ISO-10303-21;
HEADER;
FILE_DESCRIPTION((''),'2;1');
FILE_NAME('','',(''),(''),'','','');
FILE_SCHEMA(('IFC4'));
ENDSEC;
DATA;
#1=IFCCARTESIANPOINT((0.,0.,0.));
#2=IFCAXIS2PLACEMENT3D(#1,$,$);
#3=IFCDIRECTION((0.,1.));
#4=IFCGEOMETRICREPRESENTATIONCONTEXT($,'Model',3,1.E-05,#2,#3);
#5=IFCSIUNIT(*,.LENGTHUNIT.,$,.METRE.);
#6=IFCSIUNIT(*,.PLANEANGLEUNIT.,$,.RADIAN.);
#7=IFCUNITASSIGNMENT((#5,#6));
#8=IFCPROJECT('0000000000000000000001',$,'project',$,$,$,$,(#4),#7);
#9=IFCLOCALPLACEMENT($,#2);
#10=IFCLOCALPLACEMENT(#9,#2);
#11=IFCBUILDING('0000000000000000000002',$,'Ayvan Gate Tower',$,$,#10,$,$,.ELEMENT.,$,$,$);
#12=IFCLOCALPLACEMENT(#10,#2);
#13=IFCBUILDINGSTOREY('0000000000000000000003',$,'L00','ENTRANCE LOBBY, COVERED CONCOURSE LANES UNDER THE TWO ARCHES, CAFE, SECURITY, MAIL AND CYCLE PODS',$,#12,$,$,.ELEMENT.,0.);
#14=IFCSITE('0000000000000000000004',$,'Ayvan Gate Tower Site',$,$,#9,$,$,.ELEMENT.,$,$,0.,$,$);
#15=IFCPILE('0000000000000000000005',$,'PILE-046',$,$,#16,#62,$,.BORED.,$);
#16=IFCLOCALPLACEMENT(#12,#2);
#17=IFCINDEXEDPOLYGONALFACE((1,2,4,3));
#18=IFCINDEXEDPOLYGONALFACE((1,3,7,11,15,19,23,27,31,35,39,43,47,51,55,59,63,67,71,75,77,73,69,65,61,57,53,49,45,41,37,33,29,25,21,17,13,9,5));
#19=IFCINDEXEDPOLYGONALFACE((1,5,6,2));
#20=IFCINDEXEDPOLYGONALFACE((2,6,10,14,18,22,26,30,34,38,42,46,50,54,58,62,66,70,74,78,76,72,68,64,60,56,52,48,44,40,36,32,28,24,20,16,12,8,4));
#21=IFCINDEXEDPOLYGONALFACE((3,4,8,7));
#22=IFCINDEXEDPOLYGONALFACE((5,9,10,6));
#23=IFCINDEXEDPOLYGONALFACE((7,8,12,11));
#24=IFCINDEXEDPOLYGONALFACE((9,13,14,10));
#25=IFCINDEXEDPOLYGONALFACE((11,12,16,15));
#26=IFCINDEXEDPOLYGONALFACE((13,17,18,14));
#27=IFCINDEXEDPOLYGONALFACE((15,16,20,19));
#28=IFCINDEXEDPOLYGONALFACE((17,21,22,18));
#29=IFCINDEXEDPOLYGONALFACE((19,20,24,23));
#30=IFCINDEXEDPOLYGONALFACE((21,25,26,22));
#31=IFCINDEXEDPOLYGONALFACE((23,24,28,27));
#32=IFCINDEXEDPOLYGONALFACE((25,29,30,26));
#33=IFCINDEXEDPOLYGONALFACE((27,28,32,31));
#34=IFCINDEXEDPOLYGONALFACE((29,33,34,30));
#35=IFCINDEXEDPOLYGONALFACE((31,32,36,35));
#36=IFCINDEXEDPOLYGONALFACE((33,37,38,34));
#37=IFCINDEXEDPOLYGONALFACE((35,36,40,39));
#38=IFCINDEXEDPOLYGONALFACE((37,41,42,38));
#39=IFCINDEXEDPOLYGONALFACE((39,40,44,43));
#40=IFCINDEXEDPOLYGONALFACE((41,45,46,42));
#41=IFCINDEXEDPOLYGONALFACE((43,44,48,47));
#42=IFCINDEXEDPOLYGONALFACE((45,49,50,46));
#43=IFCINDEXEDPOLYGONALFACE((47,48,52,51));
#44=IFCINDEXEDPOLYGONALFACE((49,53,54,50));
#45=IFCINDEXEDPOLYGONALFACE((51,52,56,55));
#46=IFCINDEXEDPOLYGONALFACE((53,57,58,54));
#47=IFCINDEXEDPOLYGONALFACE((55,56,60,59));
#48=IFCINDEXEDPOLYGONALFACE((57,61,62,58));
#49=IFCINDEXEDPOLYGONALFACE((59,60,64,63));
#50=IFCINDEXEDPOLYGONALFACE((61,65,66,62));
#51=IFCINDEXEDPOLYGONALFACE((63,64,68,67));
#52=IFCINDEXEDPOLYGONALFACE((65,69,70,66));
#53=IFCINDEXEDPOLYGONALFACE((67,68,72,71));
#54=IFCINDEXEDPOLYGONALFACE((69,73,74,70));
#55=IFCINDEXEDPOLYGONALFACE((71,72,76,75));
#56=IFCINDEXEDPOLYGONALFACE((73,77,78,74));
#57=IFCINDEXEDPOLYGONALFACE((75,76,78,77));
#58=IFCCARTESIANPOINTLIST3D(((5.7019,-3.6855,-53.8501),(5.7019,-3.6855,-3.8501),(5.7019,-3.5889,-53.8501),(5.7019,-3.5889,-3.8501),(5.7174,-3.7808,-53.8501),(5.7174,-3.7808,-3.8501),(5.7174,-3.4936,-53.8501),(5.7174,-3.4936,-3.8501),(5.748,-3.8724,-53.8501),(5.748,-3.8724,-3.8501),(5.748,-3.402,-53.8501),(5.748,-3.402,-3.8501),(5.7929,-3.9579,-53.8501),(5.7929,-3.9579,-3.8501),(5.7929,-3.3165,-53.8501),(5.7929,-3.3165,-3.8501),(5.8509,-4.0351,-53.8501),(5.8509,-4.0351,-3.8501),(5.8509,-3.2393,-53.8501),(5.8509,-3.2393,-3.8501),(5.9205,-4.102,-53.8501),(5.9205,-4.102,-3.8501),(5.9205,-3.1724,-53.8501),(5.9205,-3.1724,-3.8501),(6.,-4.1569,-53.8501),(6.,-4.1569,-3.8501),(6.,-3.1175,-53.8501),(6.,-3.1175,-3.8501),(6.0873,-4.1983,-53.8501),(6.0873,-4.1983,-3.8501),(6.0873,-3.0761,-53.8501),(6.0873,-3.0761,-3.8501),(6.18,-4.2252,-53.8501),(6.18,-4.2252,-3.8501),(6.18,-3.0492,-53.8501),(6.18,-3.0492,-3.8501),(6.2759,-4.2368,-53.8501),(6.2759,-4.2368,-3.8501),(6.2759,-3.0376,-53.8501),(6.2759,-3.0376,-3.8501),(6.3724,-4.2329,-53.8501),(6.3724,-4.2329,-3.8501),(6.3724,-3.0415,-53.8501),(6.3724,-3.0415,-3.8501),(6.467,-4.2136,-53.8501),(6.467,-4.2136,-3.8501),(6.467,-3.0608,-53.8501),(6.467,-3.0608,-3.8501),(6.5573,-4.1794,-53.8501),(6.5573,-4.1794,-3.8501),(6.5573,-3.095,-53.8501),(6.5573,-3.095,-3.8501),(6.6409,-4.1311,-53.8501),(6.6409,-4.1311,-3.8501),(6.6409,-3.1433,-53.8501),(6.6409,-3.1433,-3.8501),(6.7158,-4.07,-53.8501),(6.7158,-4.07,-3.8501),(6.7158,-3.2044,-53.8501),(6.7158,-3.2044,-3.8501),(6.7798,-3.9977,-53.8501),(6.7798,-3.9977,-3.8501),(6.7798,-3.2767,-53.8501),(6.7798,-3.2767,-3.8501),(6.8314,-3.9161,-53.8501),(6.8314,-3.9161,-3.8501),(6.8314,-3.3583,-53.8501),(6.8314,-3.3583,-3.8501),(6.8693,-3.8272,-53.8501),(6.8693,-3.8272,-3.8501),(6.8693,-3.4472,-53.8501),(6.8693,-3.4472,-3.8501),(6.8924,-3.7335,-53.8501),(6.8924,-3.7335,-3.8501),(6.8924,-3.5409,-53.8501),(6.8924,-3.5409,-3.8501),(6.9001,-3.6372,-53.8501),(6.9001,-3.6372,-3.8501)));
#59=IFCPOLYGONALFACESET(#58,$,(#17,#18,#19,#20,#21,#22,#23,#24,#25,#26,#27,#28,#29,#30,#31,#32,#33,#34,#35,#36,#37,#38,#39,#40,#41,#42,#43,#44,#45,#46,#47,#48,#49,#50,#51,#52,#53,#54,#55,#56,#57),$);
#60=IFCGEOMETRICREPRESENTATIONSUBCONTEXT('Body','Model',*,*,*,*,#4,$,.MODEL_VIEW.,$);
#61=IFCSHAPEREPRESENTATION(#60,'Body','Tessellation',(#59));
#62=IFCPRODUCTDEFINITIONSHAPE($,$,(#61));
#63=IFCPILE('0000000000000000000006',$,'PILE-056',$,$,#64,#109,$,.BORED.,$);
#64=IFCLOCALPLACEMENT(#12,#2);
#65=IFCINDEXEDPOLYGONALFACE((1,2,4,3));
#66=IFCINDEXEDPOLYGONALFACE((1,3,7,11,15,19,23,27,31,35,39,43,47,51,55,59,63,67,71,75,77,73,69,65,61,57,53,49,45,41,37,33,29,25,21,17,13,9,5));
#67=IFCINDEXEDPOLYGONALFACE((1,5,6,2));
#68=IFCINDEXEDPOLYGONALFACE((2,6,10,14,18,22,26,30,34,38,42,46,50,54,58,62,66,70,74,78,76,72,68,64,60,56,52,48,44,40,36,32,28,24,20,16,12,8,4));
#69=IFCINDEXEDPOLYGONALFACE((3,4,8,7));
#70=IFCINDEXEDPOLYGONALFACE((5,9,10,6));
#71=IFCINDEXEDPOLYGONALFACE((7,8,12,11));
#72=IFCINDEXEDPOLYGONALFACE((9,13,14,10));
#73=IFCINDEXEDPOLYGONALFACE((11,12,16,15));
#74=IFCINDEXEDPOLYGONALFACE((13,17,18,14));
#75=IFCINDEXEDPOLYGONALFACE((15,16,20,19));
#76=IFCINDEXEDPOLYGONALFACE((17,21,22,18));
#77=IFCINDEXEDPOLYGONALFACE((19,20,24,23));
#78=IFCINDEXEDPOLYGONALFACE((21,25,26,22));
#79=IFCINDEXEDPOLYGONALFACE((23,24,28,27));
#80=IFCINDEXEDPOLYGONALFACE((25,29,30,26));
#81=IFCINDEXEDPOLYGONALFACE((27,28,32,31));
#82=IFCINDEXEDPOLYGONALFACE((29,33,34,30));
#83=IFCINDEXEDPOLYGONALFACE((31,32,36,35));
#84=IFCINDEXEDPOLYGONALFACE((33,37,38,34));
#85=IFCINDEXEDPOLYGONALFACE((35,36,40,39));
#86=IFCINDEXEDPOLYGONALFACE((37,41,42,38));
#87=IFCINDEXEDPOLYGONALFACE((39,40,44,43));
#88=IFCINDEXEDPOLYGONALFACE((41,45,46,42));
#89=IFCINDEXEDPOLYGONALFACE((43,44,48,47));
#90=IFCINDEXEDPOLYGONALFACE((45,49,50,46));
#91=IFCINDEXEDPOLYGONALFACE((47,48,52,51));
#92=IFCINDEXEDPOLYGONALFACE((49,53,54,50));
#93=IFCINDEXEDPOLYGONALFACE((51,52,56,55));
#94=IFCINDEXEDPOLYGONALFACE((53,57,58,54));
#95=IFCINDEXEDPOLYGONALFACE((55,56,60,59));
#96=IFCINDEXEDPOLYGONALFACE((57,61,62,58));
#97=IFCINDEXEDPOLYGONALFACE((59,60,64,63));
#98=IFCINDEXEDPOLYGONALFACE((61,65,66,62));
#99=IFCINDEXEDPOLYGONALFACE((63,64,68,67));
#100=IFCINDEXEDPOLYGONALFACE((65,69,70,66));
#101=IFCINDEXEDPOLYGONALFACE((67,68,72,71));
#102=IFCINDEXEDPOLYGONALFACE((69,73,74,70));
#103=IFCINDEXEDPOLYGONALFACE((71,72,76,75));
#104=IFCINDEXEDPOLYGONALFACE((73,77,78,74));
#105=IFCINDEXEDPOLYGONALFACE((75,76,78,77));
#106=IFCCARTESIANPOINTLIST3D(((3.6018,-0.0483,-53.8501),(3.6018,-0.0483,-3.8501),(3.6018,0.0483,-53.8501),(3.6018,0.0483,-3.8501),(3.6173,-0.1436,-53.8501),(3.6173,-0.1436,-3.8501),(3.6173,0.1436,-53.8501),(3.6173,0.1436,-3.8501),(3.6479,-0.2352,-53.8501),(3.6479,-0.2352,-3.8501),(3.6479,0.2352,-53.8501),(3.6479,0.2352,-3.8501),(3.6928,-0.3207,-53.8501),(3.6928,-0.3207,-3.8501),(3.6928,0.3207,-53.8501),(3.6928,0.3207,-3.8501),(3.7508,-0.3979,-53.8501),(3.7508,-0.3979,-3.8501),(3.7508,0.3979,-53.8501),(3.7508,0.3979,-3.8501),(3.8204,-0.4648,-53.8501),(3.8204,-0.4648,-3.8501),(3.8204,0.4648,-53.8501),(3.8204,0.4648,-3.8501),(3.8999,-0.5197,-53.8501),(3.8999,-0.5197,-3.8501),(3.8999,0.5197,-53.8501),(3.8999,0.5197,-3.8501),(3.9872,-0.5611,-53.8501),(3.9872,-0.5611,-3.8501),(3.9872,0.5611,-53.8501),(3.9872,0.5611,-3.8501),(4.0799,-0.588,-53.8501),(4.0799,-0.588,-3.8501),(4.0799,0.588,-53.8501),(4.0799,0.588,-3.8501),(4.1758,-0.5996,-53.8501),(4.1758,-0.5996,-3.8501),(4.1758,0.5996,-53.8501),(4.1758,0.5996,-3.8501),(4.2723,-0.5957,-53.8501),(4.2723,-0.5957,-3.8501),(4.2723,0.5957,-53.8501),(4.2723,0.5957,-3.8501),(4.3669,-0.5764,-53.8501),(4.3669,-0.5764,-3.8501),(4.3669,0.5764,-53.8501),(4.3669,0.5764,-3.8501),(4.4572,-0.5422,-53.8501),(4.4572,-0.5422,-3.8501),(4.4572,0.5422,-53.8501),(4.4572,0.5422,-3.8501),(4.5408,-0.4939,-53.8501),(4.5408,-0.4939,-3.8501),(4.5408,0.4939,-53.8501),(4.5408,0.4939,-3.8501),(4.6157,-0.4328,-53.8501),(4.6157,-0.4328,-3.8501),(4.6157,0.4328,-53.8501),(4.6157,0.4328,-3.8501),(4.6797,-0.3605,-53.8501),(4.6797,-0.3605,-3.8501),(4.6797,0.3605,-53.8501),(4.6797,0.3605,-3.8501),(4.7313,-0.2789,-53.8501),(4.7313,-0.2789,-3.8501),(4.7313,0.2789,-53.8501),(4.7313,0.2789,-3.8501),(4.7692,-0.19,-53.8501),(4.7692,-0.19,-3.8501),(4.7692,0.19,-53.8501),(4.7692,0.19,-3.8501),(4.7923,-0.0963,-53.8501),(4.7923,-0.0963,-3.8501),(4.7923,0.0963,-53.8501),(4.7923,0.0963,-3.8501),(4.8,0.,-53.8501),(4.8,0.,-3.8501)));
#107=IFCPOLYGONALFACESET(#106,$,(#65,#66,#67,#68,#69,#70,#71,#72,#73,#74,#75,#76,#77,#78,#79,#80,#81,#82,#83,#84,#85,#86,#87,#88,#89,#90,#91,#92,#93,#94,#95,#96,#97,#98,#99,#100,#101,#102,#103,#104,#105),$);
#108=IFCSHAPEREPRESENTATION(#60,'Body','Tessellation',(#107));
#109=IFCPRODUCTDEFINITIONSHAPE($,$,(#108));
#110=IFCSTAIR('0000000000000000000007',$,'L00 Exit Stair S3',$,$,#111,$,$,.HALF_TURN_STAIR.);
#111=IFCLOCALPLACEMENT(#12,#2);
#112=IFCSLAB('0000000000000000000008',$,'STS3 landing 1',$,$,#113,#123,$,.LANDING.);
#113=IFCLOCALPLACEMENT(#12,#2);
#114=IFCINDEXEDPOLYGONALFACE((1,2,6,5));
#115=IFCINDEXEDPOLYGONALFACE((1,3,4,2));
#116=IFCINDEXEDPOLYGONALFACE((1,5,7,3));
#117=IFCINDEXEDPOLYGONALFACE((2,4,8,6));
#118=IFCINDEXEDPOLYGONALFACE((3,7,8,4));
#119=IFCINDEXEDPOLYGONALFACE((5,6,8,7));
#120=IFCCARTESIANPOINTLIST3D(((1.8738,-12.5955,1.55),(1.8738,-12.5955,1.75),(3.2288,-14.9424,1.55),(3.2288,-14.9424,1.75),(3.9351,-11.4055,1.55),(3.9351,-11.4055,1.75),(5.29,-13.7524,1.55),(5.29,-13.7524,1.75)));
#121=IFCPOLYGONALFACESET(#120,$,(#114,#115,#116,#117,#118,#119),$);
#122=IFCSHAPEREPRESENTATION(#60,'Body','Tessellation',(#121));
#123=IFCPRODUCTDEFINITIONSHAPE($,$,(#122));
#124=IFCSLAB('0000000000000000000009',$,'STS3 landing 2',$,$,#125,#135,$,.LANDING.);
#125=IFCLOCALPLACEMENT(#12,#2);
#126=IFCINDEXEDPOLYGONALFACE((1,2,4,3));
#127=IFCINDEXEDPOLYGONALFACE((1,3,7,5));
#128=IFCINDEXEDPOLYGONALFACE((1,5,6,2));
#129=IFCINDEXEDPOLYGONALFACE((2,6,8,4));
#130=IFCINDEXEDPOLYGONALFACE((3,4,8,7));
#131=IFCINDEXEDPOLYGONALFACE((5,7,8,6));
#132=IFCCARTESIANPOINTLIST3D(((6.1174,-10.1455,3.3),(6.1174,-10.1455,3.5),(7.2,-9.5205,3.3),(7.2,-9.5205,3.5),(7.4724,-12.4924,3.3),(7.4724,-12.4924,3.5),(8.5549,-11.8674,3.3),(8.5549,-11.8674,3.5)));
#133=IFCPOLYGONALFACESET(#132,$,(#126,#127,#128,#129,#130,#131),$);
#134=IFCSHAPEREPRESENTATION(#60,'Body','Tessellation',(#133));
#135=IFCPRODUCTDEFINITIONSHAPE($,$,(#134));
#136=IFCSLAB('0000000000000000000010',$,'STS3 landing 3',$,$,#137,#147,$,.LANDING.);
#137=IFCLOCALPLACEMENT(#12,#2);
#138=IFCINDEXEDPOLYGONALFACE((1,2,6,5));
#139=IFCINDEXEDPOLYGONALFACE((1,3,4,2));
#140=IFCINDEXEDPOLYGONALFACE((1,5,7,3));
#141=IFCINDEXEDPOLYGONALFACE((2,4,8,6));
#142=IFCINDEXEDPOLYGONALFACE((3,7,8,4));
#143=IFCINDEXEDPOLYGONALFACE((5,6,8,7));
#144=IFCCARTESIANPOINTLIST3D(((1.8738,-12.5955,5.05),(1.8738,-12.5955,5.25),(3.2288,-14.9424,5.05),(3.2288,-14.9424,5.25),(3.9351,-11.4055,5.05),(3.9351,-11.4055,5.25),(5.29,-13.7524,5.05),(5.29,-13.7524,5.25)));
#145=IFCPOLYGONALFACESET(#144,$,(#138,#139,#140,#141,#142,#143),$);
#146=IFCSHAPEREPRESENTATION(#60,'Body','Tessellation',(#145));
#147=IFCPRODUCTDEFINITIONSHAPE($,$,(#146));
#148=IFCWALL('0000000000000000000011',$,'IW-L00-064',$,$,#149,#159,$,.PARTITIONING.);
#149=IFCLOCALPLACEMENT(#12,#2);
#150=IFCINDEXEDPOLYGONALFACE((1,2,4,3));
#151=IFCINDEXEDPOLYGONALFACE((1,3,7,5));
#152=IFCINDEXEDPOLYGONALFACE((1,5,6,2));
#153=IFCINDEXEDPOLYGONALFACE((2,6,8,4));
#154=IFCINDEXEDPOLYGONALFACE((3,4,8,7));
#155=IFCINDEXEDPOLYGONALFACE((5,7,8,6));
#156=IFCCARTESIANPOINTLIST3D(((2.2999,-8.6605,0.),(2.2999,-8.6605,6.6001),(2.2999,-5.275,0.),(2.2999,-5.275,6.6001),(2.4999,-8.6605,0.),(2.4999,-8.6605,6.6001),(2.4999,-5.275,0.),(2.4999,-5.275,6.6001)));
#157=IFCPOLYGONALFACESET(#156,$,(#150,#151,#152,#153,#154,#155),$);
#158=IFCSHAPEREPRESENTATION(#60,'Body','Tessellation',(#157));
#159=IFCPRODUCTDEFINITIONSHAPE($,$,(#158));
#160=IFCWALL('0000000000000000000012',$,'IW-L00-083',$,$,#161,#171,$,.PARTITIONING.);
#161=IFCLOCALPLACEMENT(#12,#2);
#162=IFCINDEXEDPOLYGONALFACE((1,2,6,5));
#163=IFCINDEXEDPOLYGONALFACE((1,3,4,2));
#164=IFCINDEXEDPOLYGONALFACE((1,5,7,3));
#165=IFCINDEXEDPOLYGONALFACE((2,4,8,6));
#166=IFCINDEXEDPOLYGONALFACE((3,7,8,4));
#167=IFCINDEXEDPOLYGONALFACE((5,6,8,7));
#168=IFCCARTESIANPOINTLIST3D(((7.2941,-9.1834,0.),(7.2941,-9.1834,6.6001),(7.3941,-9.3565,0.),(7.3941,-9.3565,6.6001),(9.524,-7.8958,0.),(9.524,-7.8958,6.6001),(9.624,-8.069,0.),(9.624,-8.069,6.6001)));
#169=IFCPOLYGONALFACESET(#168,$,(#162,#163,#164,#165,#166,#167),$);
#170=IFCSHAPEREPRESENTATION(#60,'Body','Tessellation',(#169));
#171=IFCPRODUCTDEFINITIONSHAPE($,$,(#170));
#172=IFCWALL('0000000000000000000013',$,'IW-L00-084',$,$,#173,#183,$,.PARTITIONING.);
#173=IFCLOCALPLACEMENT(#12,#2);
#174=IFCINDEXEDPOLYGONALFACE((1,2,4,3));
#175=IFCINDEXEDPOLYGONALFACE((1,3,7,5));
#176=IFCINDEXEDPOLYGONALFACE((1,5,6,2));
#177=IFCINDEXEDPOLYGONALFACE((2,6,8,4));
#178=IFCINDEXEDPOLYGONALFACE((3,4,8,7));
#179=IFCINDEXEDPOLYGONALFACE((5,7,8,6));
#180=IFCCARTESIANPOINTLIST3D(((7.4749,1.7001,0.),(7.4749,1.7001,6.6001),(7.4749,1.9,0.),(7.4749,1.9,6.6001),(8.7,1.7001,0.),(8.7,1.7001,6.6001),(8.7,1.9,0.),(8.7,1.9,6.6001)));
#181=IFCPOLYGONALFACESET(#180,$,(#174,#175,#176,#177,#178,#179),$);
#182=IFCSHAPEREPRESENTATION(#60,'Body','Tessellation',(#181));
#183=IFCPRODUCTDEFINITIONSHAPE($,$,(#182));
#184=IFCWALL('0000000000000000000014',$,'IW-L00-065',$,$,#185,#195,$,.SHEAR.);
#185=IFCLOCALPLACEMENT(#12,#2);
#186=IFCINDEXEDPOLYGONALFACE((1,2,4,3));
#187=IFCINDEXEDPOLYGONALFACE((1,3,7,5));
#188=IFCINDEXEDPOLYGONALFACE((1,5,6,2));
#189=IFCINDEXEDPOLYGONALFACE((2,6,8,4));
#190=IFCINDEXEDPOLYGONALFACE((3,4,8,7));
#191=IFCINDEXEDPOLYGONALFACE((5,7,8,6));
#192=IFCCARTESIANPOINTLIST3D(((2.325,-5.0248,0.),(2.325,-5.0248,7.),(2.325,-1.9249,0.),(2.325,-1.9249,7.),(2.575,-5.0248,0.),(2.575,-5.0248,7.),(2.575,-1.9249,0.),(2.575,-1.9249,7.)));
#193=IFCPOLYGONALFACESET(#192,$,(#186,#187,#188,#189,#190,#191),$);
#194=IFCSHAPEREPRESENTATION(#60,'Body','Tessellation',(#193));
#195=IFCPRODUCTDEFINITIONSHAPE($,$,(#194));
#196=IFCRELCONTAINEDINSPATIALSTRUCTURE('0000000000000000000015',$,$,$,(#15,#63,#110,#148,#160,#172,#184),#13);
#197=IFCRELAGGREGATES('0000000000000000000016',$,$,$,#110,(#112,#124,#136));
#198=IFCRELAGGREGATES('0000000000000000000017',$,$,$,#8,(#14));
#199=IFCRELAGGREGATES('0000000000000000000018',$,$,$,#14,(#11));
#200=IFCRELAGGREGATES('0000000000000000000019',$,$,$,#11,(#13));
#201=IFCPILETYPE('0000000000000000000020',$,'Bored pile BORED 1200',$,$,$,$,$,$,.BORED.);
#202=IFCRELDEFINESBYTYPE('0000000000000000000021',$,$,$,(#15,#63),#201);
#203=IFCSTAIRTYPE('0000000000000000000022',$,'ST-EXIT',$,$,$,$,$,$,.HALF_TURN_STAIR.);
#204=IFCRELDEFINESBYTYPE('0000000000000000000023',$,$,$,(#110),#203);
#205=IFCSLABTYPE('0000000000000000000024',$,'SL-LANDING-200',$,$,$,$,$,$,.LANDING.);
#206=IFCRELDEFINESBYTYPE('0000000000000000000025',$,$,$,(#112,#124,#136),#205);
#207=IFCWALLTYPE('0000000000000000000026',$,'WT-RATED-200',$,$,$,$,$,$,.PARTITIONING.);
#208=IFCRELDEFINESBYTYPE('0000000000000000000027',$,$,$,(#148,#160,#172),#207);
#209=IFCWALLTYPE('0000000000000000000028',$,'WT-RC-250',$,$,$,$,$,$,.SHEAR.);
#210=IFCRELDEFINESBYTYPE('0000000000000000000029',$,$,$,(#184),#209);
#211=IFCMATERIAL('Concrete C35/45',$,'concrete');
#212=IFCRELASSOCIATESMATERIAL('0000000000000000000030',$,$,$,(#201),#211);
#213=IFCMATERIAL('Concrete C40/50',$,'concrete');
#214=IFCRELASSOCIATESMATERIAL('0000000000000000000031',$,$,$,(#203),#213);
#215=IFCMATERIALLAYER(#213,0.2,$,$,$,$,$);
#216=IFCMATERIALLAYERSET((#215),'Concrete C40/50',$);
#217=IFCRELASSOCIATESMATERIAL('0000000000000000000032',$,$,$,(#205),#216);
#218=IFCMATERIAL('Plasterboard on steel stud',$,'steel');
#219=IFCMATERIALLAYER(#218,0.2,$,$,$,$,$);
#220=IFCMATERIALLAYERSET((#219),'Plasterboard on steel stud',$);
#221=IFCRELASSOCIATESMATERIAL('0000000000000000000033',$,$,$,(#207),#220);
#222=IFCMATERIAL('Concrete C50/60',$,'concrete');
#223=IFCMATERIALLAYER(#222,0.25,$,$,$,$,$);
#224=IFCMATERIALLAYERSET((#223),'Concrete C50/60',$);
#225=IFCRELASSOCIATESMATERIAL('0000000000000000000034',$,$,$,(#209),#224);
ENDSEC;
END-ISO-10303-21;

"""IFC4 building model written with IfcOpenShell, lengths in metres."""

from ifc_helpers import new_model, si_unit, direction, frame, frame_2d, origin, origin_2d, place, context, subcontext, project, spatial, polyline, rectangle, circle, outline, extrude, material, layer, layer_set, material_profile, profile_set, type_object, element, aggregate, save


model = new_model("IFC4")

# Units and contexts
model_context = context("Model", 3, precision=1e-05, world=origin(), true_north=direction((0.0, 1.0)))
body_context = subcontext(model_context, "Body", "Model", "MODEL_VIEW")
ifc_project = project(units=[si_unit("LENGTHUNIT", "METRE"), si_unit("PLANEANGLEUNIT", "RADIAN")], contexts=[model_context])

# Site, building, storey
site_placement = place(None, origin())
site = spatial("IfcSite", under=ifc_project, at=site_placement, Name="Ayvan Gate Tower Site", CompositionType="ELEMENT", RefElevation=0.0)
building_placement = place(site_placement, origin())
building = spatial("IfcBuilding", under=site, at=building_placement, Name="Ayvan Gate Tower", CompositionType="ELEMENT")
storey_placement = place(building_placement, origin())
storey = spatial("IfcBuildingStorey", under=building, at=storey_placement, Name="L00", Description="ENTRANCE LOBBY, COVERED CONCOURSE LANES UNDER THE TWO ARCHES, CAFE, SECURITY, MAIL AND CYCLE PODS", CompositionType="ELEMENT", Elevation=0.0)

# Piles
ifc_material_1 = material(Name="Concrete C35/45", Category="concrete")
ifc_material_profile = material_profile(ifc_material_1, circle(Radius=0.6001, at=origin_2d()), Name="BORED 1200")
ifc_profile_set = profile_set([ifc_material_profile], Name="Concrete C35/45")
pile_type = type_object("IfcPileType", Name="Bored pile BORED 1200", PredefinedType="BORED", material=ifc_profile_set)
for number, where, z_axis, x_axis, name in (
    (1, (6.3, -3.6372, -3.8501), (0.0, 0.0, -1.0), (1.0, 0.0, 0.0), "PILE-046"),
    (2, (4.2, 0.0, -3.8501), (0.0, 0.0, -1.0), (1.0, 0.0, 0.0), "PILE-056"),
):
    element("IfcPile", number, at=place(storey_placement, frame(where, z_axis=z_axis, x_axis=x_axis)), inside=storey, type_object=pile_type, Name=name, PredefinedType="BORED", context=body_context, shape_type="SweptSolid", body=[
        extrude(circle(Radius=0.6001, at=origin_2d()), origin(), (0.0, 0.0, 1.0), 50.0),
    ])

# Stair, slabs
ifc_material_2 = material(Name="Concrete C40/50", Category="concrete")
stair_type = type_object("IfcStairType", Name="ST-EXIT", PredefinedType="HALF_TURN_STAIR", material=ifc_material_2)
stair_placement = place(storey_placement, origin())
stair = element("IfcStair", 3, at=stair_placement, inside=storey, type_object=stair_type, Name="L00 Exit Stair S3", PredefinedType="HALF_TURN_STAIR")
ifc_layer_1 = layer(ifc_material_2, 0.2)
ifc_layer_set_1 = layer_set([ifc_layer_1], Name="Concrete C40/50")
slab_type = type_object("IfcSlabType", Name="SL-LANDING-200", PredefinedType="LANDING", material=ifc_layer_set_1)
slab_1_placement = place(storey_placement, frame((0.0, 0.0, 1.55)))
slab_1 = element("IfcSlab", 4, at=slab_1_placement, type_object=slab_type, Name="STS3 landing 1", PredefinedType="LANDING", context=body_context, shape_type="SweptSolid", body=[
    extrude(outline(polyline([(3.9351, -11.4055), (1.8738, -12.5955), (3.2288, -14.9424), (5.29, -13.7524), (3.9351, -11.4055)])), origin(), (0.0, 0.0, 1.0), 0.2),
])
slab_2_placement = place(storey_placement, frame((0.0, 0.0, 3.3)))
slab_2 = element("IfcSlab", 5, at=slab_2_placement, type_object=slab_type, Name="STS3 landing 2", PredefinedType="LANDING", context=body_context, shape_type="SweptSolid", body=[
    extrude(outline(polyline([(7.2, -9.5205), (6.1174, -10.1455), (7.4724, -12.4924), (8.5549, -11.8674), (7.2, -9.5205)])), origin(), (0.0, 0.0, 1.0), 0.2),
])
slab_3_placement = place(storey_placement, frame((0.0, 0.0, 5.05)))
slab_3 = element("IfcSlab", 6, at=slab_3_placement, type_object=slab_type, Name="STS3 landing 3", PredefinedType="LANDING", context=body_context, shape_type="SweptSolid", body=[
    extrude(outline(polyline([(3.9351, -11.4055), (1.8738, -12.5955), (3.2288, -14.9424), (5.29, -13.7524), (3.9351, -11.4055)])), origin(), (0.0, 0.0, 1.0), 0.2),
])
aggregate(stair, [slab_1, slab_2, slab_3])

# Walls
ifc_material_3 = material(Name="Plasterboard on steel stud", Category="steel")
ifc_layer_2 = layer(ifc_material_3, 0.2)
ifc_layer_set_2 = layer_set([ifc_layer_2], Name="Plasterboard on steel stud")
wall_type_1 = type_object("IfcWallType", Name="WT-RATED-200", PredefinedType="PARTITIONING", material=ifc_layer_set_2)
wall_1_placement = place(storey_placement, frame((2.3999, -5.2749, 0.0), z_axis=(0.0, 0.0, 1.0), x_axis=(0.0, -1.0, 0.0)))
element("IfcWall", 7, at=wall_1_placement, inside=storey, type_object=wall_type_1, Name="IW-L00-064", PredefinedType="PARTITIONING", context=body_context, shape_type="SweptSolid", body=[
    extrude(rectangle(XDim=3.3855, YDim=0.2, at=frame_2d((1.6929, 0.0))), origin(), (0.0, 0.0, 1.0), 6.6001),
])
wall_2_placement = place(storey_placement, frame((7.344, -9.27, 0.0), z_axis=(0.0, 0.0, 1.0), x_axis=(0.866006, 0.500034, 0.0)))
element("IfcWall", 8, at=wall_2_placement, inside=storey, type_object=wall_type_1, Name="IW-L00-083", PredefinedType="PARTITIONING", context=body_context, shape_type="SweptSolid", body=[
    extrude(rectangle(XDim=2.575, YDim=0.2, at=frame_2d((1.2876, 0.0))), origin(), (0.0, 0.0, 1.0), 6.6001),
])
wall_3_placement = place(storey_placement, frame((7.4749, 1.8, 0.0), z_axis=(0.0, 0.0, 1.0), x_axis=(1.0, 0.0, 0.0)))
element("IfcWall", 9, at=wall_3_placement, inside=storey, type_object=wall_type_1, Name="IW-L00-084", PredefinedType="PARTITIONING", context=body_context, shape_type="SweptSolid", body=[
    extrude(rectangle(XDim=1.2251, YDim=0.2, at=frame_2d((0.6125, 0.0))), origin(), (0.0, 0.0, 1.0), 6.6001),
])
ifc_material_4 = material(Name="Concrete C50/60", Category="concrete")
ifc_layer_3 = layer(ifc_material_4, 0.25)
ifc_layer_set_3 = layer_set([ifc_layer_3], Name="Concrete C50/60")
wall_type_2 = type_object("IfcWallType", Name="WT-RC-250", PredefinedType="SHEAR", material=ifc_layer_set_3)
for number, where, z_axis, x_axis, name in (
    (10, (2.45, -1.925, 0.0), (0.0, 0.0, 1.0), (0.0, -1.0, 0.0), "IW-L00-065"),
):
    element("IfcWall", number, at=place(storey_placement, frame(where, z_axis=z_axis, x_axis=x_axis)), inside=storey, type_object=wall_type_2, Name=name, PredefinedType="SHEAR", context=body_context, shape_type="SweptSolid", body=[
        extrude(rectangle(XDim=3.0999, YDim=0.25, at=frame_2d((1.5498, 0.0))), origin(), (0.0, 0.0, 1.0), 7.0),
    ])

save(model, "model.ifc")
